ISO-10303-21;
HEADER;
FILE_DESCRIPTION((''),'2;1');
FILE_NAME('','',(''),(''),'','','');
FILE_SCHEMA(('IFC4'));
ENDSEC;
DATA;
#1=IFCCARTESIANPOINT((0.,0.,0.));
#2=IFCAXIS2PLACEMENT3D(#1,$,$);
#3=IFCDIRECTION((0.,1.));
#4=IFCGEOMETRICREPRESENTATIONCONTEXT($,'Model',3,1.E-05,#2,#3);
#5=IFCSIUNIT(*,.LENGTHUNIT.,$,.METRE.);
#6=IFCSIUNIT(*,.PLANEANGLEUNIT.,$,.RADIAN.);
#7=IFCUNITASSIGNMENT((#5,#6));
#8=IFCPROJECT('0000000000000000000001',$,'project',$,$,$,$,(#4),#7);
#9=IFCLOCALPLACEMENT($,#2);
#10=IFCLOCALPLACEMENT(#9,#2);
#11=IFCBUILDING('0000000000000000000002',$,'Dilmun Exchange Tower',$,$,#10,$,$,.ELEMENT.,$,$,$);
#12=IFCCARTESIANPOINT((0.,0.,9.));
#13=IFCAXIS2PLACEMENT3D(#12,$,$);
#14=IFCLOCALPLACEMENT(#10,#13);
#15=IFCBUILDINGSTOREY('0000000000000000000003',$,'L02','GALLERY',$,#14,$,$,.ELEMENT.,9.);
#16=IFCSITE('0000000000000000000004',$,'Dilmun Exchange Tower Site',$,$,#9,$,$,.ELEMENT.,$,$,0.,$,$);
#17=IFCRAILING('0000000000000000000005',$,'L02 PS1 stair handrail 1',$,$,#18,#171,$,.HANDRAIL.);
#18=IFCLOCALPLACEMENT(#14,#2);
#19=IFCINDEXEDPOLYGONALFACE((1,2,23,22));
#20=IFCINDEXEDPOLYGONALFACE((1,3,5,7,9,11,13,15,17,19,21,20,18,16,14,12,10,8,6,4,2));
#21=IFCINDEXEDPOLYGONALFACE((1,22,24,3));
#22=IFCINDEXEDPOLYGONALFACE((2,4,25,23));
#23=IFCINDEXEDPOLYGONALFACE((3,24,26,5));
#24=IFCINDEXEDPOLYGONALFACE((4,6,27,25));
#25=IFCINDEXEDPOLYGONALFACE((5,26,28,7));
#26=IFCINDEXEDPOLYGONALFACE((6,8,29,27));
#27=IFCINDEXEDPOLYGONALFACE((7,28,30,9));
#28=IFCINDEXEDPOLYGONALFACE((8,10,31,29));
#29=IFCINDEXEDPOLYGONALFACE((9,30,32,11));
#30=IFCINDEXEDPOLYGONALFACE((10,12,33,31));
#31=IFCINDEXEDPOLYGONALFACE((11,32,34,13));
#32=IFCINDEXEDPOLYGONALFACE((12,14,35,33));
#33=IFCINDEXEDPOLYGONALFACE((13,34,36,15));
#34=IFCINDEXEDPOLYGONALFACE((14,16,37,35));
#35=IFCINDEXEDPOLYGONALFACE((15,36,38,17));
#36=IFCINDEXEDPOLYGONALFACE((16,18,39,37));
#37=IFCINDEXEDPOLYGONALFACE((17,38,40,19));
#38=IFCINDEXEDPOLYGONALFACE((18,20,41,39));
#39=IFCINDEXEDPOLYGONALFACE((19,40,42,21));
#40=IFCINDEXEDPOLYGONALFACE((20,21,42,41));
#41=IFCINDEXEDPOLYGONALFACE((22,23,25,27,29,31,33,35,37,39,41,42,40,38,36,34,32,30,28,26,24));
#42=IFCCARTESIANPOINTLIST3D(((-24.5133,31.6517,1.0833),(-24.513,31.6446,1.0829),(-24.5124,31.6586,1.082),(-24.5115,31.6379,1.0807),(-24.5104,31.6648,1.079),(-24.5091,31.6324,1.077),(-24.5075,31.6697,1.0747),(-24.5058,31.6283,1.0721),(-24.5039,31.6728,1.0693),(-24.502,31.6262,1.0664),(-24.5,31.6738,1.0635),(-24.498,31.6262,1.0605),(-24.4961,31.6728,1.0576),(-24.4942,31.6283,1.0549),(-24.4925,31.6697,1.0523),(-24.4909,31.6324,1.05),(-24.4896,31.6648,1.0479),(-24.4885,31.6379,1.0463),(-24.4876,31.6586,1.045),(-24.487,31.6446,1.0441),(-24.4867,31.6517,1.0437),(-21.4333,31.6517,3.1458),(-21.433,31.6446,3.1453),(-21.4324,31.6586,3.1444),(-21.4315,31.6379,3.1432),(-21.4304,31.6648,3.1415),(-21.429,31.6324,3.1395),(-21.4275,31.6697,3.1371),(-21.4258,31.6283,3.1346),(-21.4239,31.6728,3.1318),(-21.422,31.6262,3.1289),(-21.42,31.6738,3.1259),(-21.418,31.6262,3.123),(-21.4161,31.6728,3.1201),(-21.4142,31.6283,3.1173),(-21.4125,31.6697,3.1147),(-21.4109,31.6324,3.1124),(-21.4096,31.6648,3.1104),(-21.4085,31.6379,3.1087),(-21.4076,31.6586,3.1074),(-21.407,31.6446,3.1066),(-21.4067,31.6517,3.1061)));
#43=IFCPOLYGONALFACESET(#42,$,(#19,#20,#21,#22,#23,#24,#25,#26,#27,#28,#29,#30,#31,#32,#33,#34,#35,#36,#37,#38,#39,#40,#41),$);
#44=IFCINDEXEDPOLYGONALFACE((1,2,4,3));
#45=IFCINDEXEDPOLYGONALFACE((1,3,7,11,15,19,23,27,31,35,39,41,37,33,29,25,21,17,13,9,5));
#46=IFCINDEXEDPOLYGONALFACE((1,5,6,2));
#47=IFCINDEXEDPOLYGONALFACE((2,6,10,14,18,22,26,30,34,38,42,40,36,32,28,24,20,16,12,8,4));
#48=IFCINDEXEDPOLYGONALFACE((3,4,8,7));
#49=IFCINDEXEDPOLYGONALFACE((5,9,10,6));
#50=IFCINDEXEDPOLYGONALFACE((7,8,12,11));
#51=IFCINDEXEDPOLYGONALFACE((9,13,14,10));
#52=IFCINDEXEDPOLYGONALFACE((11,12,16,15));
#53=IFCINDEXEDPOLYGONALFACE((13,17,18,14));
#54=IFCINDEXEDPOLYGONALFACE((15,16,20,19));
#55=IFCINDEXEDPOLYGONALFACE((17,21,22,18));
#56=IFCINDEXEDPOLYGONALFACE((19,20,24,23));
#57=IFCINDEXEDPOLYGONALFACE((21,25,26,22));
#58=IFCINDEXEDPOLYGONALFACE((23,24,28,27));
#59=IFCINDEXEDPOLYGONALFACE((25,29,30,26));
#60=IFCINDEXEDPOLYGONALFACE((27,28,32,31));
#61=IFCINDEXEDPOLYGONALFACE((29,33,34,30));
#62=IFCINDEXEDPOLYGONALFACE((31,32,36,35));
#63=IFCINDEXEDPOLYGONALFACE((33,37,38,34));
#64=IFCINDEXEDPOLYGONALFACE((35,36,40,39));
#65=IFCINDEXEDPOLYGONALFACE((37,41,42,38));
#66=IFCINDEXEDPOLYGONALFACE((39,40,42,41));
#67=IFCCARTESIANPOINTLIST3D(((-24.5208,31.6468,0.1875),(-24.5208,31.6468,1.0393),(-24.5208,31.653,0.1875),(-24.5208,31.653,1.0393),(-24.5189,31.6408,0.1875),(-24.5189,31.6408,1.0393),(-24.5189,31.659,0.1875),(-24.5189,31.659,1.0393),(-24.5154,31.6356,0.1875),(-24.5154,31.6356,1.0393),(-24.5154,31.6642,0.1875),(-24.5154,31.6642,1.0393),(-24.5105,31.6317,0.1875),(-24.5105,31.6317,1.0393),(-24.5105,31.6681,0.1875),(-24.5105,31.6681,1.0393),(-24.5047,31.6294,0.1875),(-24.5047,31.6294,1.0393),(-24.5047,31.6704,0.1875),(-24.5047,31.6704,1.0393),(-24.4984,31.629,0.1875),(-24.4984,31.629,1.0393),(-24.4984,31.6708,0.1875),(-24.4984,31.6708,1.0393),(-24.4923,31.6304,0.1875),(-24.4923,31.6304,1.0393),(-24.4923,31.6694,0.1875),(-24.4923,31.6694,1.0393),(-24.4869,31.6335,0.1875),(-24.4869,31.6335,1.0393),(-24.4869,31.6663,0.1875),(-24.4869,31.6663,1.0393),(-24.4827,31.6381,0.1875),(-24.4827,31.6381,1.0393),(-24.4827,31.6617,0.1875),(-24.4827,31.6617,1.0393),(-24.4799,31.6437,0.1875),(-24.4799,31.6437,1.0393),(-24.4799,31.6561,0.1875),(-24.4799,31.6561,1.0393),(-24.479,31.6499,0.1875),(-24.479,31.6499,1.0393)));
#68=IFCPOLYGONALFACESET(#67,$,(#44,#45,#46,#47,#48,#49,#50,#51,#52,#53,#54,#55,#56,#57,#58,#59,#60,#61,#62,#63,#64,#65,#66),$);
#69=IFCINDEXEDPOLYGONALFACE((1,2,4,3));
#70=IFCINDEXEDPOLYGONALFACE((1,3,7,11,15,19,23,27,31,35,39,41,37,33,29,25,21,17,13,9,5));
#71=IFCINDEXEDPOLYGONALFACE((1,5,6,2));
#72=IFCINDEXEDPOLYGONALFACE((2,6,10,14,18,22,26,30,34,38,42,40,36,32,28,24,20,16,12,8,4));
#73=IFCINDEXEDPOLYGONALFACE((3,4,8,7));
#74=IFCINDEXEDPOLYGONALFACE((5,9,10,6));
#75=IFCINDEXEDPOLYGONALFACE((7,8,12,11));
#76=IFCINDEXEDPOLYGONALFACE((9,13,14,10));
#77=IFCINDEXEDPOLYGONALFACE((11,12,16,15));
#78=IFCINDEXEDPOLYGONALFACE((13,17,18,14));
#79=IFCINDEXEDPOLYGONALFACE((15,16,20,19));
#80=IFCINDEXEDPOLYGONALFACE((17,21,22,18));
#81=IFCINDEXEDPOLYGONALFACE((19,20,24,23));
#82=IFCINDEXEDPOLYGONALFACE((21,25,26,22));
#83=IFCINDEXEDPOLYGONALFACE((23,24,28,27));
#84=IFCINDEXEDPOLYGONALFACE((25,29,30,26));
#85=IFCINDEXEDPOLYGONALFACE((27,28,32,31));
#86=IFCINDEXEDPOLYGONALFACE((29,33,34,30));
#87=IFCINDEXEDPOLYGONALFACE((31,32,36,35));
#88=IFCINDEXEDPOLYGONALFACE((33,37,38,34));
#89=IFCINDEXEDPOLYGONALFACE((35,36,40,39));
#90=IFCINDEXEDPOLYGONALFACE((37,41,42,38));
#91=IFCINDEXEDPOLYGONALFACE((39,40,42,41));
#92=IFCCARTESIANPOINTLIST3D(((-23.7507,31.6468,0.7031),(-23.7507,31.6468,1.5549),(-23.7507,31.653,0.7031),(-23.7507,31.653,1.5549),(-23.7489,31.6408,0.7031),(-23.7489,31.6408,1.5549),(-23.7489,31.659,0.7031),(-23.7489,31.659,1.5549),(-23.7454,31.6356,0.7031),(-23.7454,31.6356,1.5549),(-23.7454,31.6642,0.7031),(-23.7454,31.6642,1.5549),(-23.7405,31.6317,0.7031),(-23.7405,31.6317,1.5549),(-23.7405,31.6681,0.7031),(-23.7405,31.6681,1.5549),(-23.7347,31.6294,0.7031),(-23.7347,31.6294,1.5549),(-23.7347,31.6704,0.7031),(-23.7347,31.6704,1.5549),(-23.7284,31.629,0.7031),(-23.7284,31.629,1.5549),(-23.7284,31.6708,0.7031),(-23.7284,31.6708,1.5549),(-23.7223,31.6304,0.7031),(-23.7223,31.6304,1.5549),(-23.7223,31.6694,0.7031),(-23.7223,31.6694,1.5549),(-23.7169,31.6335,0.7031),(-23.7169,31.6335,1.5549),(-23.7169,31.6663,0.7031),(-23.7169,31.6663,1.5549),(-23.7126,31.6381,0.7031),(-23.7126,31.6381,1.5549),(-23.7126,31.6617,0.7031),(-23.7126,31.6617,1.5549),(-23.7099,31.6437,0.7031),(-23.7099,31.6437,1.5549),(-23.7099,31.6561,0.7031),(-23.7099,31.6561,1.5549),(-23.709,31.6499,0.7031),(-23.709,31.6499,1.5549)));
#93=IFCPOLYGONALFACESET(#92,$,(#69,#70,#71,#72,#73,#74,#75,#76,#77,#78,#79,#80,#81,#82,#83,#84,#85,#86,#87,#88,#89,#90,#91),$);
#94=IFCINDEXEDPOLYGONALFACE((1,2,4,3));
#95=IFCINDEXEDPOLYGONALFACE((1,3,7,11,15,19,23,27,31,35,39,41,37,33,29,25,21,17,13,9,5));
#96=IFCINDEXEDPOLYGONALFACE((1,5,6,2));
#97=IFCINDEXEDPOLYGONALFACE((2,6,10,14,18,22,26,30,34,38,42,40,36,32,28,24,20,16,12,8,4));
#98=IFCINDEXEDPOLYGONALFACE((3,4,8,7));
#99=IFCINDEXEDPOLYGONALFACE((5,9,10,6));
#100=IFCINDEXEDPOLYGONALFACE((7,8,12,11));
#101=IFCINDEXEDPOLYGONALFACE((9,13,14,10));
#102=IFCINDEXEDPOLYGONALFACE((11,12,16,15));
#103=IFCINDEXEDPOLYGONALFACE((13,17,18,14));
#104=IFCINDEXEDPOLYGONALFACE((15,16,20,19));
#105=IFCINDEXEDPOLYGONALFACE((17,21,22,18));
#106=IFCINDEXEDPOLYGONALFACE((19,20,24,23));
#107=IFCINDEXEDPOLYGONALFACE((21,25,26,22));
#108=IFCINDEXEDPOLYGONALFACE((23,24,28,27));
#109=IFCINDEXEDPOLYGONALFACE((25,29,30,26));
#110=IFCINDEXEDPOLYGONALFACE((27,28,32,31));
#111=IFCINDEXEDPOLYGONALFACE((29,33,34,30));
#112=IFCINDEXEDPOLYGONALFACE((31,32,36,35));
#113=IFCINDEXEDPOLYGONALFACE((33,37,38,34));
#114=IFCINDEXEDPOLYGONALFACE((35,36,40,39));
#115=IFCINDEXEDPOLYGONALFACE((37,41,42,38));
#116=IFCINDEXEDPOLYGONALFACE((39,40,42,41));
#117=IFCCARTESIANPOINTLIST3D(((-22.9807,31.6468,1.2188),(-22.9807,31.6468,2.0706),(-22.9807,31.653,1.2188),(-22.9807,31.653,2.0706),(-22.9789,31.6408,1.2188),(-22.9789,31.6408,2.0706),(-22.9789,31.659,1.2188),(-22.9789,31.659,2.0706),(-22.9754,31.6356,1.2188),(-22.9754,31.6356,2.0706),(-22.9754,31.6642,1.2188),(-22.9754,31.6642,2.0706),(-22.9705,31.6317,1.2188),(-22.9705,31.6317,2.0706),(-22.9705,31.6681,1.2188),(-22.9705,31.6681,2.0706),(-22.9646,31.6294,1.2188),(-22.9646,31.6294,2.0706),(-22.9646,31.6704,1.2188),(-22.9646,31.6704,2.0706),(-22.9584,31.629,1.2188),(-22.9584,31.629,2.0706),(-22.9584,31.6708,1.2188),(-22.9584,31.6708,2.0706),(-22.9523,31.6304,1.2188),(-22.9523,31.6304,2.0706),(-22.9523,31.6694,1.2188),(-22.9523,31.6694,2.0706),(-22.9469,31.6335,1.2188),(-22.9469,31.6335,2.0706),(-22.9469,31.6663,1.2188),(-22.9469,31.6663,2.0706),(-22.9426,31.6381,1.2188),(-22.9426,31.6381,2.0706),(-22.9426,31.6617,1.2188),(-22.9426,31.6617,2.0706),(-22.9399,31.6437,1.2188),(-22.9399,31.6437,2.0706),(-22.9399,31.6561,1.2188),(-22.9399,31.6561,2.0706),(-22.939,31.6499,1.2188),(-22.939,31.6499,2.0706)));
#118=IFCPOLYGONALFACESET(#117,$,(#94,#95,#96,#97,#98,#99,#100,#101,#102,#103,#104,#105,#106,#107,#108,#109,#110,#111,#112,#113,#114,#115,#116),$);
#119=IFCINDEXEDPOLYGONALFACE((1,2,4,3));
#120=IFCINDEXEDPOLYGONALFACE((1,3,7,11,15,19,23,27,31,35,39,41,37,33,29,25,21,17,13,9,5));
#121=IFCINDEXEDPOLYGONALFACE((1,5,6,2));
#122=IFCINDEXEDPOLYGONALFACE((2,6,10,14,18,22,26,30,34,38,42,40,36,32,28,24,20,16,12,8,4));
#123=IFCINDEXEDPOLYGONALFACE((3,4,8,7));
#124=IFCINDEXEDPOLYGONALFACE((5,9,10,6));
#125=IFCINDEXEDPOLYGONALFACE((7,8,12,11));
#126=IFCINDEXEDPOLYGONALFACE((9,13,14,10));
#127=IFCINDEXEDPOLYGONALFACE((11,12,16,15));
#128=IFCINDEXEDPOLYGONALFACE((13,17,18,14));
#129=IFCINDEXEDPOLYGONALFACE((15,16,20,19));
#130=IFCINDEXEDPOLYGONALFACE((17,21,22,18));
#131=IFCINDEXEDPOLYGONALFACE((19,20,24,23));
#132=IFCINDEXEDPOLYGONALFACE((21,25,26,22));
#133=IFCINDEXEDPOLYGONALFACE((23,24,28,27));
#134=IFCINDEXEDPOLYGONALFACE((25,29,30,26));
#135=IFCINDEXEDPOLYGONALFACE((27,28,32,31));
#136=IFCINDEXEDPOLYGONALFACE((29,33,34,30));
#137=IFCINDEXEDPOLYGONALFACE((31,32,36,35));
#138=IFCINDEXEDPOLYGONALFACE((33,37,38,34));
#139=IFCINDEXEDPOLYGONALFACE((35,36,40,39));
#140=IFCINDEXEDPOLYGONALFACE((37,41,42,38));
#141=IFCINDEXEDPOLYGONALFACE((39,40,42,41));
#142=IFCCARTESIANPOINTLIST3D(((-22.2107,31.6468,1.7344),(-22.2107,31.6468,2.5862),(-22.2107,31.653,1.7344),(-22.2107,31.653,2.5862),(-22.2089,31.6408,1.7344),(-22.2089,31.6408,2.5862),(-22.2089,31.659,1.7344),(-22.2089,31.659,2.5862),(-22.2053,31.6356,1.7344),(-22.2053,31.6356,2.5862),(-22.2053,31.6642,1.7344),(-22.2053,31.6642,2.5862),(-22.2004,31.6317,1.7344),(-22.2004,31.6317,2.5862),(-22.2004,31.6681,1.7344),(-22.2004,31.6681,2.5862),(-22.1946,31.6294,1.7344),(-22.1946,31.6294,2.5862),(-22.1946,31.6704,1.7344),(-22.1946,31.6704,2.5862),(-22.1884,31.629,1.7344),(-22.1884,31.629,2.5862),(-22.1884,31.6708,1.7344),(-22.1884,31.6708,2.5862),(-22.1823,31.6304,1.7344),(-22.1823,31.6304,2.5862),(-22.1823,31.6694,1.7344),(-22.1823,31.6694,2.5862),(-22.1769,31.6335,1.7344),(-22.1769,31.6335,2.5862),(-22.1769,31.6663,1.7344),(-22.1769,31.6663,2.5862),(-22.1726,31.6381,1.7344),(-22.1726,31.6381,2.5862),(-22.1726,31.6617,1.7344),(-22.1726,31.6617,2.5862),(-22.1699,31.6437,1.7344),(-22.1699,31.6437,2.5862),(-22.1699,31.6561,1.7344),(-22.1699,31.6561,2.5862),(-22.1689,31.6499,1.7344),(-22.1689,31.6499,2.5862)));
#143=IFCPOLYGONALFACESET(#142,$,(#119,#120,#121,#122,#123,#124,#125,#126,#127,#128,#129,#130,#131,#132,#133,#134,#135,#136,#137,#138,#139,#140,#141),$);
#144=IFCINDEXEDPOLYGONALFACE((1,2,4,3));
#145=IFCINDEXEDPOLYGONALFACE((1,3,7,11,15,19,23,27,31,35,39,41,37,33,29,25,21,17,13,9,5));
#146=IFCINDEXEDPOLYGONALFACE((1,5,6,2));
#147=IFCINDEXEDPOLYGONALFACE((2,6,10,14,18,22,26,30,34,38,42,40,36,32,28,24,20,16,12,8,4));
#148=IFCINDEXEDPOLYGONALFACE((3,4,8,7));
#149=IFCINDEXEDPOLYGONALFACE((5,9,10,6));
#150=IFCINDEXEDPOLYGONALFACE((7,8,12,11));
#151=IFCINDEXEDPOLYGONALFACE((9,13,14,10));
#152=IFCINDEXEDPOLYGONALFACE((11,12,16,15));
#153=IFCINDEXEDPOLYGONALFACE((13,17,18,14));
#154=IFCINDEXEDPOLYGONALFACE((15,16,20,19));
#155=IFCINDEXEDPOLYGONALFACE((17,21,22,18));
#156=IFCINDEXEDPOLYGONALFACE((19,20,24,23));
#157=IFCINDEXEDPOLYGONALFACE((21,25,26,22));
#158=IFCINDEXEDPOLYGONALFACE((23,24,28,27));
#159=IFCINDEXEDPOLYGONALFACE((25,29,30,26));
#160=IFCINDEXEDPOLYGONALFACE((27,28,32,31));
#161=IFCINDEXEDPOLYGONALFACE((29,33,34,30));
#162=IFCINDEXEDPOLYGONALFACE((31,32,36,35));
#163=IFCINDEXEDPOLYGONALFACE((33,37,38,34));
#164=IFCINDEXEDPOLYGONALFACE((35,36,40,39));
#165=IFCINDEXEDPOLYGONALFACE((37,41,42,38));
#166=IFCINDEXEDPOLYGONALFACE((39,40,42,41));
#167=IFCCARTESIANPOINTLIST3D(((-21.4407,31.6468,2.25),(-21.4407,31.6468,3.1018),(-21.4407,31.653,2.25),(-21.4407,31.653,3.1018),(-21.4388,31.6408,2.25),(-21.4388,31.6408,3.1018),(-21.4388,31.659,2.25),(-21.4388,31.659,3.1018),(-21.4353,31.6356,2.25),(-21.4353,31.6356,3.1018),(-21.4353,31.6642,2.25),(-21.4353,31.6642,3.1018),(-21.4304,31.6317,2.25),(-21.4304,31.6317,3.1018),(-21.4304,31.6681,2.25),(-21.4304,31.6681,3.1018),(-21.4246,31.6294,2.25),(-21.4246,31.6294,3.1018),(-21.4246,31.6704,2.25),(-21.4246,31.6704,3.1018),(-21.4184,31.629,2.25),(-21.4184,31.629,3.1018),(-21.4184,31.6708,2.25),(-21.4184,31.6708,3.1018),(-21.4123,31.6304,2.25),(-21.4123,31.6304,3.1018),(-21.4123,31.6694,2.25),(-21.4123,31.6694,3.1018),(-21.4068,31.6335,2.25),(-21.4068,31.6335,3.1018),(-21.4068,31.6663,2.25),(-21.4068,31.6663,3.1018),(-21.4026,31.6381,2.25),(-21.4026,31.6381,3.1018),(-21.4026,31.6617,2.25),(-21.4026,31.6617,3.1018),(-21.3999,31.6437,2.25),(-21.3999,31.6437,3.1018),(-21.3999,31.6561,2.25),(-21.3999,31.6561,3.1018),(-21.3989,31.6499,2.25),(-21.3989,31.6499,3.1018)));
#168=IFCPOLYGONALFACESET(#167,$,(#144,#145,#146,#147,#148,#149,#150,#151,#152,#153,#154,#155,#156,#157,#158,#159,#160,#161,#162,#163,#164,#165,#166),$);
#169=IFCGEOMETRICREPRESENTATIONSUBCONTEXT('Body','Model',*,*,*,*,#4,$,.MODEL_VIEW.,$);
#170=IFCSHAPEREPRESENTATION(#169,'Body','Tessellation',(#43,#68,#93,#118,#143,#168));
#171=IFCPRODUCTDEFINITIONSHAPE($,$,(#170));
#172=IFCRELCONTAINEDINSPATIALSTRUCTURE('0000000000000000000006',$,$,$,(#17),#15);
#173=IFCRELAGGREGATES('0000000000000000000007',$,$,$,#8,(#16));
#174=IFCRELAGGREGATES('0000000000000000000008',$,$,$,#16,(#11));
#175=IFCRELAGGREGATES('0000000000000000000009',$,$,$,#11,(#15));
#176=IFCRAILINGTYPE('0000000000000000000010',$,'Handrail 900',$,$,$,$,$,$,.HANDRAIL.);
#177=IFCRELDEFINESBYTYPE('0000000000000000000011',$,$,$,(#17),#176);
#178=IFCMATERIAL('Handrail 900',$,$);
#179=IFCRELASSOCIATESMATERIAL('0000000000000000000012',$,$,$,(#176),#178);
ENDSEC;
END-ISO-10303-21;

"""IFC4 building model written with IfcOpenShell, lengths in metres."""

from ifc_helpers import new_model, si_unit, direction, frame, origin, origin_2d, place, context, subcontext, project, spatial, circle, extrude, material, type_object, element, save


model = new_model("IFC4")

# Units and contexts
model_context = context("Model", 3, precision=1e-05, world=origin(), true_north=direction((0.0, 1.0)))
body_context = subcontext(model_context, "Body", "Model", "MODEL_VIEW")
ifc_project = project(units=[si_unit("LENGTHUNIT", "METRE"), si_unit("PLANEANGLEUNIT", "RADIAN")], contexts=[model_context])

# Site, building, storey
site_placement = place(None, origin())
site = spatial("IfcSite", under=ifc_project, at=site_placement, Name="Dilmun Exchange Tower Site", CompositionType="ELEMENT", RefElevation=0.0)
building_placement = place(site_placement, origin())
building = spatial("IfcBuilding", under=site, at=building_placement, Name="Dilmun Exchange Tower", CompositionType="ELEMENT")
storey_placement = place(building_placement, frame((0.0, 0.0, 9.0)))
storey = spatial("IfcBuildingStorey", under=building, at=storey_placement, Name="L02", Description="GALLERY", CompositionType="ELEMENT", Elevation=9.0)

# Railing
ifc_material_1 = material(Name="Handrail 900")
railing_type_1 = type_object("IfcRailingType", Name="Handrail 900", PredefinedType="HANDRAIL", material=ifc_material_1)
railing_1_placement = place(storey_placement, frame((-24.5, 31.6499, 0.1875)))
element("IfcRailing", 1, at=railing_1_placement, inside=storey, type_object=railing_type_1, Name="L02 PS1 stair handrail 1", PredefinedType="HANDRAIL", context=body_context, shape_type="SweptSolid", body=[
    extrude(circle(Radius=0.0239, at=origin_2d()), frame((0.0, 0.0, 0.876), z_axis=(0.830914, 0.0, 0.556401), x_axis=(0.0, 1.0, 0.0)), (0.0, 0.0, 1.0), 3.7068),
    extrude(circle(Radius=0.021, at=origin_2d()), origin(), (0.0, 0.0, 1.0), 0.8518),
    extrude(circle(Radius=0.021, at=origin_2d()), frame((0.77, 0.0, 0.5156)), (0.0, 0.0, 1.0), 0.8518),
    extrude(circle(Radius=0.021, at=origin_2d()), frame((1.54, 0.0, 1.0312)), (0.0, 0.0, 1.0), 0.8518),
    extrude(circle(Radius=0.021, at=origin_2d()), frame((2.3101, 0.0, 1.5469)), (0.0, 0.0, 1.0), 0.8518),
    extrude(circle(Radius=0.021, at=origin_2d()), frame((3.0801, 0.0, 2.0625)), (0.0, 0.0, 1.0), 0.8518),
])

save(model, "model.ifc")
